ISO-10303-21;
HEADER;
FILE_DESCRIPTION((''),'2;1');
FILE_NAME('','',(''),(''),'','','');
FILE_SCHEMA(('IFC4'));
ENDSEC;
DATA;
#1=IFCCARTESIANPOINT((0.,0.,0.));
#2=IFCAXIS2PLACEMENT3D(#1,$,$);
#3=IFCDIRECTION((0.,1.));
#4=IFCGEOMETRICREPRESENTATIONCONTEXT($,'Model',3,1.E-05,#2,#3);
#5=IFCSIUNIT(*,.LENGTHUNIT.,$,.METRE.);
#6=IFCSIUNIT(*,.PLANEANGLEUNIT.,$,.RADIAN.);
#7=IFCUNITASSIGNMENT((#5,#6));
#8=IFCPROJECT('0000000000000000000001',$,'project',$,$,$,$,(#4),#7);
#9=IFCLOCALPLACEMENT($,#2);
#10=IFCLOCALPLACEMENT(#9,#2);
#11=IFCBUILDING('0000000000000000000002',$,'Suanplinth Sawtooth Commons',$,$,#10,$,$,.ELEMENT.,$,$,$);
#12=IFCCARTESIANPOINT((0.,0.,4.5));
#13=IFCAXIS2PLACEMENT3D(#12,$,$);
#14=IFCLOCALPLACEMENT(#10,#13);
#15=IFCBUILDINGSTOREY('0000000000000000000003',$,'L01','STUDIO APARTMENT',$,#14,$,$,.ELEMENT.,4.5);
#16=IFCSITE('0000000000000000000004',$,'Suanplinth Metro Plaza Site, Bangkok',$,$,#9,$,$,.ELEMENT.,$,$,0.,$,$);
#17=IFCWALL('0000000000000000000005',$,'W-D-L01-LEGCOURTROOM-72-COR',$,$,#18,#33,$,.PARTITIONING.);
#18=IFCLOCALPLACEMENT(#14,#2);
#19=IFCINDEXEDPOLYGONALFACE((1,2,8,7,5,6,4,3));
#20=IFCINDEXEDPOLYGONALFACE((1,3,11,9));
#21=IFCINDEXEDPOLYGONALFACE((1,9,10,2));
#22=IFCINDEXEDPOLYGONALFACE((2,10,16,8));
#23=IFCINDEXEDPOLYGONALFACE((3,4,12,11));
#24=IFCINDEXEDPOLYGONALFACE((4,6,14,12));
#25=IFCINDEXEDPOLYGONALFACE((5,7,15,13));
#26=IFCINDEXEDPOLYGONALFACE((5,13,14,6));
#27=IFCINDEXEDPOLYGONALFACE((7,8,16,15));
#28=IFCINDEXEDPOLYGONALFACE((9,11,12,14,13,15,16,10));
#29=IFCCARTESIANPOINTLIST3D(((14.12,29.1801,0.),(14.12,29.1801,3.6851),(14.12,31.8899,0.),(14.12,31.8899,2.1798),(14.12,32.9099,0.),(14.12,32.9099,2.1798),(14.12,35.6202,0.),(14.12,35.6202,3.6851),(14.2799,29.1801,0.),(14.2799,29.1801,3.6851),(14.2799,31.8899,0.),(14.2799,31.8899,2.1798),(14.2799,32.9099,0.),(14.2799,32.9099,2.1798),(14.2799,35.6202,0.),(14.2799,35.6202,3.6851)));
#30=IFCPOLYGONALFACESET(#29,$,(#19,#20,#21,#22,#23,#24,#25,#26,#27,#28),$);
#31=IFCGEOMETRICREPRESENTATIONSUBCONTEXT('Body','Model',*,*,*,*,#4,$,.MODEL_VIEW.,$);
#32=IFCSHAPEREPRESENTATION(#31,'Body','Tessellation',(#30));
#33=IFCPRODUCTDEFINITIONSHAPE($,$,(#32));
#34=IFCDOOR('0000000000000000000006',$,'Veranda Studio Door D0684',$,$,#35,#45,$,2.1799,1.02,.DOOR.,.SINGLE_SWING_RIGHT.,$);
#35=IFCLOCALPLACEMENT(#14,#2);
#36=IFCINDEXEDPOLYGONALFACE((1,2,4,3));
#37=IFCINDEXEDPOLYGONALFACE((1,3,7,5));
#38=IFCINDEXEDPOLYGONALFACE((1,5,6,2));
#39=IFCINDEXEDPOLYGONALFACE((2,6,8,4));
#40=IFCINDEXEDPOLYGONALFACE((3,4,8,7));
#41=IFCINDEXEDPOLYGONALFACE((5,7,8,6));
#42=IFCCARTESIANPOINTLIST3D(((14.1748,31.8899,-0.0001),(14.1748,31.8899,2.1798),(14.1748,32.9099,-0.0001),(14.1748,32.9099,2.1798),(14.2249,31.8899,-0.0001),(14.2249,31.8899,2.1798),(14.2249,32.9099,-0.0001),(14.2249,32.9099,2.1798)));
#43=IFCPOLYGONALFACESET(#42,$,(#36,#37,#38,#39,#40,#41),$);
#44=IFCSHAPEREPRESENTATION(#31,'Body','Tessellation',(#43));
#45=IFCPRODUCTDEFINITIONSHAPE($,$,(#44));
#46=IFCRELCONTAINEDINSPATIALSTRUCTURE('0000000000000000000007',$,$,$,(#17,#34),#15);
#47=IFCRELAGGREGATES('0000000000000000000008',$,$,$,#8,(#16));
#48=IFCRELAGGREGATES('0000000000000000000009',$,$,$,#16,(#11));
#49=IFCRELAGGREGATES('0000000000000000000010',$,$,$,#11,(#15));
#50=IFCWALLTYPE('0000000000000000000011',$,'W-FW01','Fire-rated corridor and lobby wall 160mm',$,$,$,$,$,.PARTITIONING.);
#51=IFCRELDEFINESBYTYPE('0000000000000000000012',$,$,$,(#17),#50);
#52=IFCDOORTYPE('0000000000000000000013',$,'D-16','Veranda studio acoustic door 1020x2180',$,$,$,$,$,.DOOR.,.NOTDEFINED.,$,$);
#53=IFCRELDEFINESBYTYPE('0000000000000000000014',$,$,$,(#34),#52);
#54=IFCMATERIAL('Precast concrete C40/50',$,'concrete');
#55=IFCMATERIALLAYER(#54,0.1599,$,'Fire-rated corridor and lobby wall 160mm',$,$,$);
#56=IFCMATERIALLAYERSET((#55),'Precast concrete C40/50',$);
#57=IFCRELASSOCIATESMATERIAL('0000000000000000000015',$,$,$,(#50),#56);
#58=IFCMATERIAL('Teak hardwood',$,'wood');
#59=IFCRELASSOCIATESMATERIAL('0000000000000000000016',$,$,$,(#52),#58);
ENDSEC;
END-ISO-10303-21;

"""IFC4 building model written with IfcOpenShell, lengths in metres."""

from ifc_helpers import new_model, si_unit, direction, frame, frame_2d, origin, place, context, subcontext, project, spatial, rectangle, extrude, material, layer, layer_set, type_object, element, fill, save


model = new_model("IFC4")

# Units and contexts
model_context = context("Model", 3, precision=1e-05, world=origin(), true_north=direction((0.0, 1.0)))
body_context = subcontext(model_context, "Body", "Model", "MODEL_VIEW")
ifc_project = project(units=[si_unit("LENGTHUNIT", "METRE"), si_unit("PLANEANGLEUNIT", "RADIAN")], contexts=[model_context])

# Site, building, storey
site_placement = place(None, origin())
site = spatial("IfcSite", under=ifc_project, at=site_placement, Name="Suanplinth Metro Plaza Site, Bangkok", CompositionType="ELEMENT", RefElevation=0.0)
building_placement = place(site_placement, origin())
building = spatial("IfcBuilding", under=site, at=building_placement, Name="Suanplinth Sawtooth Commons", CompositionType="ELEMENT")
storey_placement = place(building_placement, frame((0.0, 0.0, 4.5)))
storey = spatial("IfcBuildingStorey", under=building, at=storey_placement, Name="L01", Description="STUDIO APARTMENT", CompositionType="ELEMENT", Elevation=4.5)

# Shared definitions
ifc_material_1 = material(Name="Precast concrete C40/50", Category="concrete")

# Wall, opening, door
ifc_layer_1 = layer(ifc_material_1, 0.1599, Name="Fire-rated corridor and lobby wall 160mm")
ifc_layer_set_1 = layer_set([ifc_layer_1], Name="Precast concrete C40/50")
wall_type_1 = type_object("IfcWallType", Name="W-FW01", Description="Fire-rated corridor and lobby wall 160mm", PredefinedType="PARTITIONING", material=ifc_layer_set_1)
ifc_material_2 = material(Name="Teak hardwood", Category="wood")
door_type_1 = type_object("IfcDoorType", Name="D-16", Description="Veranda studio acoustic door 1020x2180", OperationType="NOTDEFINED", PredefinedType="DOOR", material=ifc_material_2)
wall_1_placement = place(storey_placement, frame((14.2, 29.1799, 0.0), z_axis=(0.0, 0.0, 1.0), x_axis=(0.0, 1.0, 0.0)))
wall_1 = element("IfcWall", 1, at=wall_1_placement, inside=storey, type_object=wall_type_1, Name="W-D-L01-LEGCOURTROOM-72-COR", PredefinedType="PARTITIONING", context=body_context, shape_type="SweptSolid", body=[
    extrude(rectangle(XDim=6.4402, YDim=0.1599, at=frame_2d((3.2202, 0.0))), origin(), (0.0, 0.0, 1.0), 3.6851),
])
opening_1_placement = place(wall_1_placement, frame((2.71, 0.0, 0.0)))
opening_1 = element("IfcOpeningElement", 2, at=opening_1_placement, cuts=wall_1, PredefinedType="OPENING", context=body_context, shape_type="SweptSolid", body=[
    extrude(rectangle(XDim=1.02, YDim=2.1799, at=frame_2d((0.51, 1.0898))), frame((0.0, 0.0947, 0.0), z_axis=(0.0, -1.0, 0.0), x_axis=(1.0, 0.0, 0.0)), (0.0, 0.0, 1.0), 0.1897),
])
door_1_placement = place(opening_1_placement, frame((1.02, 0.0, 0.0), z_axis=(0.0, 0.0, 1.0), x_axis=(-1.0, 0.0, 0.0)))
door_1 = element("IfcDoor", 3, at=door_1_placement, inside=storey, type_object=door_type_1, Name="Veranda Studio Door D0684", OperationType="SINGLE_SWING_RIGHT", OverallHeight=2.1799, OverallWidth=1.02, PredefinedType="DOOR", context=body_context, shape_type="SweptSolid", body=[
    extrude(rectangle(XDim=1.02, YDim=2.1799, at=frame_2d((0.51, 1.0898))), frame((0.0, 0.0249, 0.0), z_axis=(0.0, -1.0, 0.0), x_axis=(1.0, 0.0, 0.0)), (0.0, 0.0, 1.0), 0.05),
])
fill(opening_1, door_1)

save(model, "model.ifc")
